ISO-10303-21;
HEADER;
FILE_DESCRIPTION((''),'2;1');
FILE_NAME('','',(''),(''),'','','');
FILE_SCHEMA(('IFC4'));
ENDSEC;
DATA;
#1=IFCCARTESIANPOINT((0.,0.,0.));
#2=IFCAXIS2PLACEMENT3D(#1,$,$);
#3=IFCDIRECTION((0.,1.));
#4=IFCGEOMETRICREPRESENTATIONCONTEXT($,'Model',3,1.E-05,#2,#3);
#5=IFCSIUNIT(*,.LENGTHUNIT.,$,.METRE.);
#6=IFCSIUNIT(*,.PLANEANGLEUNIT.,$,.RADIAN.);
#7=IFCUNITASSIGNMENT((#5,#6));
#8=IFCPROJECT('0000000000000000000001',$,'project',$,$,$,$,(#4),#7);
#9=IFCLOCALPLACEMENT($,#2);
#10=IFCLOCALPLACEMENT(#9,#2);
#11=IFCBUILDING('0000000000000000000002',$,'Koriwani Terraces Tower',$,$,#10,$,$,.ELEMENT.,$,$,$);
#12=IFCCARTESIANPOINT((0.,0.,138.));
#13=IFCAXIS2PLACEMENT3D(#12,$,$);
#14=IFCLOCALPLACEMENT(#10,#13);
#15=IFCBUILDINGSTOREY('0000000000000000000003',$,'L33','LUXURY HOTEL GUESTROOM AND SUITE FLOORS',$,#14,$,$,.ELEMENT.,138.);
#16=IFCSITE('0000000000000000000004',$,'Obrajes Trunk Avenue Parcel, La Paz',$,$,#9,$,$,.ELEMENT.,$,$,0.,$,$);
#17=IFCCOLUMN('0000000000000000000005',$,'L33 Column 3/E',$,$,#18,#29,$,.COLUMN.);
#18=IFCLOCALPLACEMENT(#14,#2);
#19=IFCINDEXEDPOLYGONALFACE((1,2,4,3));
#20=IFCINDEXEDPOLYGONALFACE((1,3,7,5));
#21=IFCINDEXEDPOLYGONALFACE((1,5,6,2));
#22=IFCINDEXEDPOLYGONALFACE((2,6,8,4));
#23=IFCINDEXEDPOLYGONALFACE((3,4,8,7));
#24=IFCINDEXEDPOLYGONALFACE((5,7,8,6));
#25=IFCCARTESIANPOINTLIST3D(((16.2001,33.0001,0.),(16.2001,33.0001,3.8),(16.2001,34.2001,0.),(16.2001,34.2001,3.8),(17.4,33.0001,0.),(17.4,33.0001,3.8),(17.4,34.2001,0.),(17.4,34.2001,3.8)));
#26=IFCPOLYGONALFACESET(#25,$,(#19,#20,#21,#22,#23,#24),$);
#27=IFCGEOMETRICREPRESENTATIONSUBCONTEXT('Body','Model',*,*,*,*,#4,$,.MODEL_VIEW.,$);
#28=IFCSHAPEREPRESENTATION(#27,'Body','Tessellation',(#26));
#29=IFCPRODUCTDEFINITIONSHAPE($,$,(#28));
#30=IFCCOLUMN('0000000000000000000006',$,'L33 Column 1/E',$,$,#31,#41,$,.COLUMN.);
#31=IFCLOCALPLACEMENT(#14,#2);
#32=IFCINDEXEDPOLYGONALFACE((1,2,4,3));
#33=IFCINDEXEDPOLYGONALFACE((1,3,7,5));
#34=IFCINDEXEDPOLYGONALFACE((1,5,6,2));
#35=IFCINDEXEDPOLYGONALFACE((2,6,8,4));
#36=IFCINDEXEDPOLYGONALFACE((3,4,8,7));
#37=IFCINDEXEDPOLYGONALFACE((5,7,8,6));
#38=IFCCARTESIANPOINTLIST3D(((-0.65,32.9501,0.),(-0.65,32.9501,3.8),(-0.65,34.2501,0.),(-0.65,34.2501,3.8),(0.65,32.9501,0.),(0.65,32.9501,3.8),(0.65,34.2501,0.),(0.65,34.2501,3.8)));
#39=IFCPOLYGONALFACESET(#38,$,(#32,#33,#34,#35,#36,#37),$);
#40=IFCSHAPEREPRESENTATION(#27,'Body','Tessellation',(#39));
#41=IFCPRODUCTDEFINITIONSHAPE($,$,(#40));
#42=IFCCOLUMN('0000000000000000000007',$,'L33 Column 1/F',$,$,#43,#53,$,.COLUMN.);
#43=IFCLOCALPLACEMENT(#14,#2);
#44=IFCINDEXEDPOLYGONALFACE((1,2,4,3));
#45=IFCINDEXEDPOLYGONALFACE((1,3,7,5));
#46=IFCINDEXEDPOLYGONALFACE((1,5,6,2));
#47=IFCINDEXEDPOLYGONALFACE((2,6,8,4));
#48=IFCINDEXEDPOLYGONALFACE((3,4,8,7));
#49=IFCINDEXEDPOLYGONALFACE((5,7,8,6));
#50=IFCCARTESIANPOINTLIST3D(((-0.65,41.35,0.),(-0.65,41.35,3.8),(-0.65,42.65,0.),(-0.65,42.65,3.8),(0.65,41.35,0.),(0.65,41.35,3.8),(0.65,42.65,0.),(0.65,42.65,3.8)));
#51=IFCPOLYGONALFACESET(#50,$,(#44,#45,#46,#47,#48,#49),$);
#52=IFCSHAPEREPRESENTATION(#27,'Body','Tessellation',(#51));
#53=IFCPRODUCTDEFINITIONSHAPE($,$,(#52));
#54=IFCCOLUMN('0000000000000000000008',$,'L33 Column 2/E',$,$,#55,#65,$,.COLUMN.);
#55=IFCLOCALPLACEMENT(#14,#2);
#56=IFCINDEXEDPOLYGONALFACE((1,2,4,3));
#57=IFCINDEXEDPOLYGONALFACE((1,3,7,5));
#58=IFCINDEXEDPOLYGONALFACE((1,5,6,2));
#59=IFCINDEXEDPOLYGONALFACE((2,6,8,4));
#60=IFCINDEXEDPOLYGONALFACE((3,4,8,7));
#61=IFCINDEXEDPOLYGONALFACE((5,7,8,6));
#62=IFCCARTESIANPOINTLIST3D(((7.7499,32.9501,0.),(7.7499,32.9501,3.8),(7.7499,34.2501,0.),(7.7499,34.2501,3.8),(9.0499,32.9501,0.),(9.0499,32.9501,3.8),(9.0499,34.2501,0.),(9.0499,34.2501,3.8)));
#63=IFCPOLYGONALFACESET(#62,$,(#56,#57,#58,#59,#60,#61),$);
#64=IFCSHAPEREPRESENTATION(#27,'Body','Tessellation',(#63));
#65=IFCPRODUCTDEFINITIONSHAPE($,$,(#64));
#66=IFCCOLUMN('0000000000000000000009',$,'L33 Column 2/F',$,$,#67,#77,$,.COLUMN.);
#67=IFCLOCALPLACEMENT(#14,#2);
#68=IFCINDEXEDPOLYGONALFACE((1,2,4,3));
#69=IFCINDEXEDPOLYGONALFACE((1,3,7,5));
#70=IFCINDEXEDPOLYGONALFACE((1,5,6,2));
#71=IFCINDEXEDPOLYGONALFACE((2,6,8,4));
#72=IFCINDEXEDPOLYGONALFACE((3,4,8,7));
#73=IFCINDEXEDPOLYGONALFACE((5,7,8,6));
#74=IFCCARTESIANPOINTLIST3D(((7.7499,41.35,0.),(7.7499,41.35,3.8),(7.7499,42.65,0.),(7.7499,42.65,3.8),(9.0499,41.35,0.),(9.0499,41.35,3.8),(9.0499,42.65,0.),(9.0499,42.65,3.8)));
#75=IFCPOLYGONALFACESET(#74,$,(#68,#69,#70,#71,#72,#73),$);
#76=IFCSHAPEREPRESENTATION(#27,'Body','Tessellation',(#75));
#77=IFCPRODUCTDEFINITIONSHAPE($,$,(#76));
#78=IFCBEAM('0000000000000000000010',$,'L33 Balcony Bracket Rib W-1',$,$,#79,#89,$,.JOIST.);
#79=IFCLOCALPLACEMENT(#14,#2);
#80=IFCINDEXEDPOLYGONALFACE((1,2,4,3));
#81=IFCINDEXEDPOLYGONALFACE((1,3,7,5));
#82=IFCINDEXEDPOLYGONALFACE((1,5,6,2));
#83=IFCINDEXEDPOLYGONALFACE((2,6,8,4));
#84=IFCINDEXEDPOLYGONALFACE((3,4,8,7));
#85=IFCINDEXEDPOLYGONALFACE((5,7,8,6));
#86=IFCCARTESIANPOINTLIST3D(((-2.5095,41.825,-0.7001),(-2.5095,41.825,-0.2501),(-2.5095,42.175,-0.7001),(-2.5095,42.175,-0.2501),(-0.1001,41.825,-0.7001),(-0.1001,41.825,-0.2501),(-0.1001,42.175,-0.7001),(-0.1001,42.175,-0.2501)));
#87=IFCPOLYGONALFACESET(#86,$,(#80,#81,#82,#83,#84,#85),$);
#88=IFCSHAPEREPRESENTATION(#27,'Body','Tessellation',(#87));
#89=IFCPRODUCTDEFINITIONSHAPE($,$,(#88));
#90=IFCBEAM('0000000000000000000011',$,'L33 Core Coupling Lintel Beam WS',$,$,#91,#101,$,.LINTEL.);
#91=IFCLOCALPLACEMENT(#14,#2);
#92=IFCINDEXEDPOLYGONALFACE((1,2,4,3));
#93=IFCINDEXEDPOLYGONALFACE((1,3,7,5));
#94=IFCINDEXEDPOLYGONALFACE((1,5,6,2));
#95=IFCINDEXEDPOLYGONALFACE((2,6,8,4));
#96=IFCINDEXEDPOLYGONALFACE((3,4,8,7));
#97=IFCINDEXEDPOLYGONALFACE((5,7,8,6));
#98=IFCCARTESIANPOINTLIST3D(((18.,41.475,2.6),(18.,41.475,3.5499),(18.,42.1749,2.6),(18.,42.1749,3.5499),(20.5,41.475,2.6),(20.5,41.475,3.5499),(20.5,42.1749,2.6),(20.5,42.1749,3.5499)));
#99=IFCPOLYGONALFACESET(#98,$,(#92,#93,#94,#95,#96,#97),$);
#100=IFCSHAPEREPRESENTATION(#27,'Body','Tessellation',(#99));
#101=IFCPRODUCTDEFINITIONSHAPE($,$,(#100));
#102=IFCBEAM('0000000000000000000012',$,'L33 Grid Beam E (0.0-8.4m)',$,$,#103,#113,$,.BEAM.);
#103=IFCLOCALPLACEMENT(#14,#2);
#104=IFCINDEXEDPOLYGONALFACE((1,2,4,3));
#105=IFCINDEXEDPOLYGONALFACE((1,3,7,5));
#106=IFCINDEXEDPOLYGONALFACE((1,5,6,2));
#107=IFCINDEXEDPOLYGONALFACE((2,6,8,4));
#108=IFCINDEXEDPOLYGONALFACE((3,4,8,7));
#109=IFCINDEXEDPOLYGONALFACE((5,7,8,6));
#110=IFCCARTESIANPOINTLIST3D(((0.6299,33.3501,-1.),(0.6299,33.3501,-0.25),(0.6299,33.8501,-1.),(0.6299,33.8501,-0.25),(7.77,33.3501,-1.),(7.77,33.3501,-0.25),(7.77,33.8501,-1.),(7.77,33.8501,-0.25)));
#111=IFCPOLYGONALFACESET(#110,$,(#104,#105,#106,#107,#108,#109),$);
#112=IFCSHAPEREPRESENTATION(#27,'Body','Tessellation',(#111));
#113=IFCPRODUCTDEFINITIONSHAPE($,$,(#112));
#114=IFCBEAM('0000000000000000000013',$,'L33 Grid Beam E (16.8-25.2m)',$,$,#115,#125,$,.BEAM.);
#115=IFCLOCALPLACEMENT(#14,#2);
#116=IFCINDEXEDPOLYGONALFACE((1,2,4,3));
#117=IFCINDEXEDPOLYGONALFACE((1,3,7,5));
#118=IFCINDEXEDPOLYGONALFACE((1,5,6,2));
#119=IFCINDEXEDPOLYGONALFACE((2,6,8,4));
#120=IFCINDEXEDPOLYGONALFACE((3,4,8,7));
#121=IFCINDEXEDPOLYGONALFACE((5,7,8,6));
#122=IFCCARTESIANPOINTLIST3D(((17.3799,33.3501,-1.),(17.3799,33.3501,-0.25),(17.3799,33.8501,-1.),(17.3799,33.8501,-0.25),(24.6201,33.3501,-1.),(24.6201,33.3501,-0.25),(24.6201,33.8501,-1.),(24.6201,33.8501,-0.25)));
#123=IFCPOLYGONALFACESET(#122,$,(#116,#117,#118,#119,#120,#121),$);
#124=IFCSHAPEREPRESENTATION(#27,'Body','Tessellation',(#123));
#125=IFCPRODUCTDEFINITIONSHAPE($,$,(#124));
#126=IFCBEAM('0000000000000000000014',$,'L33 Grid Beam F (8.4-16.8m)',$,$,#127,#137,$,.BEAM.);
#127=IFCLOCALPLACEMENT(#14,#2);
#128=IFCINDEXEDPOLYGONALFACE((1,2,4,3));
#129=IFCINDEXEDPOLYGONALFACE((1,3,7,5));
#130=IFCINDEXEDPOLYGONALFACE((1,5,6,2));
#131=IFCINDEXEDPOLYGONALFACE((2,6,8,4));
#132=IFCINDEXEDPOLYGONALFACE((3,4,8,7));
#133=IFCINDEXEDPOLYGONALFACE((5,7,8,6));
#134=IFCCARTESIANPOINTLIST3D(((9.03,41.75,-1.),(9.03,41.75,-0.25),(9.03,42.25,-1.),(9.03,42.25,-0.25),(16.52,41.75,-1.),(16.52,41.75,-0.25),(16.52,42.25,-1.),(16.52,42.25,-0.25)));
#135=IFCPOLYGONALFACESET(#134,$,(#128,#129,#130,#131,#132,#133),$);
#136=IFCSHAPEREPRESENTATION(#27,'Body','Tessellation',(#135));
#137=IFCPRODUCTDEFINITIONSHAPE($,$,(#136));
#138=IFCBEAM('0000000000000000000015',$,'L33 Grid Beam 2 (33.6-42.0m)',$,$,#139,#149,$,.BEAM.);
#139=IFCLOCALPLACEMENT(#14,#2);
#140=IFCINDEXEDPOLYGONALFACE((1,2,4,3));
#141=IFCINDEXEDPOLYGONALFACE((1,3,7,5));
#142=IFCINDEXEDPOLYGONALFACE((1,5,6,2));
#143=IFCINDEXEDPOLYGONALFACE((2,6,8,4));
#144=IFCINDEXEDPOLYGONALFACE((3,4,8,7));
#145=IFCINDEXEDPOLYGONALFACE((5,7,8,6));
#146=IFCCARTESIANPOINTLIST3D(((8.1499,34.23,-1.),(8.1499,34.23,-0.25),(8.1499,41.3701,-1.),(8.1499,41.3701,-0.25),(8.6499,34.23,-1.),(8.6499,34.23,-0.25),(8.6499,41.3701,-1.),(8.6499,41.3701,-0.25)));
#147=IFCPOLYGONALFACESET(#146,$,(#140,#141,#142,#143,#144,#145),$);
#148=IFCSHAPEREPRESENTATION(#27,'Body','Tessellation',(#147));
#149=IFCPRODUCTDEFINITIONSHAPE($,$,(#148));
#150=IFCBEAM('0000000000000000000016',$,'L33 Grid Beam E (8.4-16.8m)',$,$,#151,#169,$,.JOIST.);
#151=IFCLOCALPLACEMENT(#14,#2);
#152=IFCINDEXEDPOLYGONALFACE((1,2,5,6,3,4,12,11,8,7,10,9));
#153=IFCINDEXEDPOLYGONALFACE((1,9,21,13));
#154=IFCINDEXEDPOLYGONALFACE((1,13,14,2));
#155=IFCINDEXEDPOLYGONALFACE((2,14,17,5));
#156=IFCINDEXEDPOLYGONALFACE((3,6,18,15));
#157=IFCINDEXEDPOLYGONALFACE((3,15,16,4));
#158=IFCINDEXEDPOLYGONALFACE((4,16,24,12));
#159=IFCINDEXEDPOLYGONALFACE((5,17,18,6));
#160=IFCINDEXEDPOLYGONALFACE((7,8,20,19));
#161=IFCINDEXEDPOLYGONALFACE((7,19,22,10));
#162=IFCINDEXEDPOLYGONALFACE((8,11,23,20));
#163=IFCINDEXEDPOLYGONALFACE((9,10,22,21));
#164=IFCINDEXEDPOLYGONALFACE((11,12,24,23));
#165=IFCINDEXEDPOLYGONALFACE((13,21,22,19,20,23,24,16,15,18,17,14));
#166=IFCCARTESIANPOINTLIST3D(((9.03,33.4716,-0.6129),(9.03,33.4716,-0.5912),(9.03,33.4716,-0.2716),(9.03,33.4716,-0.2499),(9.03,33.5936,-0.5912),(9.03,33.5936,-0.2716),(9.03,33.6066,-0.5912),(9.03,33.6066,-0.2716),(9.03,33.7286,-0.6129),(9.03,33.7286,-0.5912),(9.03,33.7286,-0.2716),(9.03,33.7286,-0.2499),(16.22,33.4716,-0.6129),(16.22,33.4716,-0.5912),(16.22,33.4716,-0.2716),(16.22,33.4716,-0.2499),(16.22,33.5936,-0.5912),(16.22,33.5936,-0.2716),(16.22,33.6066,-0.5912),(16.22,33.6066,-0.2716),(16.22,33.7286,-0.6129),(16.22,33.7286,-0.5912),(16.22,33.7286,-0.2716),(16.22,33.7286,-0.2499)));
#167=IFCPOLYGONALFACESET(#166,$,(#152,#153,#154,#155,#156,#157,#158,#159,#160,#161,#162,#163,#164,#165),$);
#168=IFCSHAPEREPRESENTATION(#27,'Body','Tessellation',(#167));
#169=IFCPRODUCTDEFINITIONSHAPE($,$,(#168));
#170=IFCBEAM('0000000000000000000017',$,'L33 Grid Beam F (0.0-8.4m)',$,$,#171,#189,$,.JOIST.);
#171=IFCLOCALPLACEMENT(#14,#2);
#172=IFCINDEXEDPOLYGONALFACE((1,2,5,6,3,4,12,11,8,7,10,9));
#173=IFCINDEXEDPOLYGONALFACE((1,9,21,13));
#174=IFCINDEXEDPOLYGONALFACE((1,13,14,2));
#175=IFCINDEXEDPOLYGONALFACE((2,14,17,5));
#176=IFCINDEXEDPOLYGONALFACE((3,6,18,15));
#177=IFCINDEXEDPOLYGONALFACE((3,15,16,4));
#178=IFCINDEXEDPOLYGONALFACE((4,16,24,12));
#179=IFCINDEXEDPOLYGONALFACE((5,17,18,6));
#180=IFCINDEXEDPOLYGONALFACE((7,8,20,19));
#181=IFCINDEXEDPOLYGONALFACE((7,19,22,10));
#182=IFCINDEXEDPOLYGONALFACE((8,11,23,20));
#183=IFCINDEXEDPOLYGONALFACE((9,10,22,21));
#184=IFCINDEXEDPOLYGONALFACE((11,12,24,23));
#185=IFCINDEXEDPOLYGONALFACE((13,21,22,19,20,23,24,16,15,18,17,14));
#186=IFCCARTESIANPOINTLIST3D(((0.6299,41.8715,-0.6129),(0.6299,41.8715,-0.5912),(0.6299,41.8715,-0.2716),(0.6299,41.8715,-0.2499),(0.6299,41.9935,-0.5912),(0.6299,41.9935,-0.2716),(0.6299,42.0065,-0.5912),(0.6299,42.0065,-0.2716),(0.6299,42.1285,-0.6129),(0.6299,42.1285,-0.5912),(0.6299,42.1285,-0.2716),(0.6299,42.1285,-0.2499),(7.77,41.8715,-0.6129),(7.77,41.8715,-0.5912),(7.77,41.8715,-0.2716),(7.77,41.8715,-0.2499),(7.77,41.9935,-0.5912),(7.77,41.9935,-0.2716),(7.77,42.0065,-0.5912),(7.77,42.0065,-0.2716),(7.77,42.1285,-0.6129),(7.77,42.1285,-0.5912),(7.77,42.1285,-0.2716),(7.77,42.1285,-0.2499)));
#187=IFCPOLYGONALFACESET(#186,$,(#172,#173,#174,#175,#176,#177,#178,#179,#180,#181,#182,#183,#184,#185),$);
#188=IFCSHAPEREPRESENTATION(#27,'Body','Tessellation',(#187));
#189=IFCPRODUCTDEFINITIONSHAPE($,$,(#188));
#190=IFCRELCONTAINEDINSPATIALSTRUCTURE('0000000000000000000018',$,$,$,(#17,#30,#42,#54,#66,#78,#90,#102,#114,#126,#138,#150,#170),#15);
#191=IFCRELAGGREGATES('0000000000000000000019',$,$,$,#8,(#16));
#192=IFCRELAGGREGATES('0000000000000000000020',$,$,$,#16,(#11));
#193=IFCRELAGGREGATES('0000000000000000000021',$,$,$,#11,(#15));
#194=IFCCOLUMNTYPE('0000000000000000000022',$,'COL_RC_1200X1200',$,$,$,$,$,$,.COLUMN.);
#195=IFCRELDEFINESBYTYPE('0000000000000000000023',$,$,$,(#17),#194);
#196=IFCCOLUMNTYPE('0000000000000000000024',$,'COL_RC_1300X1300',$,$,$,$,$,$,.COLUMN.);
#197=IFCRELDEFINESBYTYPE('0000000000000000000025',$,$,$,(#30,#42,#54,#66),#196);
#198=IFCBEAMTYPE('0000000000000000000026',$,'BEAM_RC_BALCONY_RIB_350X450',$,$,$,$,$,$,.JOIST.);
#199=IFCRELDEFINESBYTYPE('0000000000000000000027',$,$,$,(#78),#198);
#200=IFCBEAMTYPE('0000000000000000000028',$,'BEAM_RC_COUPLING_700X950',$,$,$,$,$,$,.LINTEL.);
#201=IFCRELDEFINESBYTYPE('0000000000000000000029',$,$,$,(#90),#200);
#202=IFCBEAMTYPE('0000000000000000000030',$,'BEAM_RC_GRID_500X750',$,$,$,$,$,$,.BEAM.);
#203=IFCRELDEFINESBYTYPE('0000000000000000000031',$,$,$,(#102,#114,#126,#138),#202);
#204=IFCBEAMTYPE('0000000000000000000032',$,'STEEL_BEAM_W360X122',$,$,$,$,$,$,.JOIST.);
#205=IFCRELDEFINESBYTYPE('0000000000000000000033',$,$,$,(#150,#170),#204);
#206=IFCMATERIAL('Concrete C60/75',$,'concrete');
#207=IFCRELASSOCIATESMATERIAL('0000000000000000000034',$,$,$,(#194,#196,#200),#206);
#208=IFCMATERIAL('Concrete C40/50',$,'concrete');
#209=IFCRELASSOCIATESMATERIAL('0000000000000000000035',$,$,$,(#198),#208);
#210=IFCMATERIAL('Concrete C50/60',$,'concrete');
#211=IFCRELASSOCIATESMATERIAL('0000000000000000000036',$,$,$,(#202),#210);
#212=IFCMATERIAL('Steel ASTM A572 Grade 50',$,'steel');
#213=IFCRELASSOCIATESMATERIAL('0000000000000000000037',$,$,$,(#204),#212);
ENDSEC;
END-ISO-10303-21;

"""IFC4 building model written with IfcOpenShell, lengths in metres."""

from ifc_helpers import new_model, si_unit, direction, frame, origin, origin_2d, place, context, subcontext, project, spatial, rectangle, i_section, extrude, material, material_profile, profile_set, type_object, element, save


model = new_model("IFC4")

# Units and contexts
model_context = context("Model", 3, precision=1e-05, world=origin(), true_north=direction((0.0, 1.0)))
body_context = subcontext(model_context, "Body", "Model", "MODEL_VIEW")
ifc_project = project(units=[si_unit("LENGTHUNIT", "METRE"), si_unit("PLANEANGLEUNIT", "RADIAN")], contexts=[model_context])

# Site, building, storey
site_placement = place(None, origin())
site = spatial("IfcSite", under=ifc_project, at=site_placement, Name="Obrajes Trunk Avenue Parcel, La Paz", CompositionType="ELEMENT", RefElevation=0.0)
building_placement = place(site_placement, origin())
building = spatial("IfcBuilding", under=site, at=building_placement, Name="Koriwani Terraces Tower", CompositionType="ELEMENT")
storey_placement = place(building_placement, frame((0.0, 0.0, 138.0)))
storey = spatial("IfcBuildingStorey", under=building, at=storey_placement, Name="L33", Description="LUXURY HOTEL GUESTROOM AND SUITE FLOORS", CompositionType="ELEMENT", Elevation=138.0)

# Columns
ifc_material_1 = material(Name="Concrete C60/75", Category="concrete")
ifc_material_profile_1 = material_profile(ifc_material_1, rectangle(XDim=1.2, YDim=1.2, at=origin_2d()), Name="Concrete C60/75", Category="LoadBearing")
ifc_profile_set_1 = profile_set([ifc_material_profile_1], Name="Concrete C60/75")
column_type_1 = type_object("IfcColumnType", Name="COL_RC_1200X1200", PredefinedType="COLUMN", material=ifc_profile_set_1)
column_placement = place(storey_placement, frame((16.8, 33.6001, 0.0), z_axis=(0.0, 0.0, 1.0), x_axis=(1.0, 0.0, 0.0)))
element("IfcColumn", 1, at=column_placement, inside=storey, type_object=column_type_1, Name="L33 Column 3/E", PredefinedType="COLUMN", context=body_context, shape_type="SweptSolid", body=[
    extrude(rectangle(XDim=1.2, YDim=1.2, at=origin_2d()), origin(), (0.0, 0.0, 1.0), 3.8),
])
ifc_material_profile_2 = material_profile(ifc_material_1, rectangle(XDim=1.3, YDim=1.3, at=origin_2d()), Name="Concrete C60/75", Category="LoadBearing")
ifc_profile_set_2 = profile_set([ifc_material_profile_2], Name="Concrete C60/75")
column_type_2 = type_object("IfcColumnType", Name="COL_RC_1300X1300", PredefinedType="COLUMN", material=ifc_profile_set_2)
for number, where, z_axis, x_axis, name in (
    (2, (0.0, 33.6001, 0.0), (0.0, 0.0, 1.0), (1.0, 0.0, 0.0), "L33 Column 1/E"),
    (3, (0.0, 42.0, 0.0), (0.0, 0.0, 1.0), (1.0, 0.0, 0.0), "L33 Column 1/F"),
    (4, (8.3999, 33.6001, 0.0), (0.0, 0.0, 1.0), (1.0, 0.0, 0.0), "L33 Column 2/E"),
    (5, (8.3999, 42.0, 0.0), (0.0, 0.0, 1.0), (1.0, 0.0, 0.0), "L33 Column 2/F"),
):
    element("IfcColumn", number, at=place(storey_placement, frame(where, z_axis=z_axis, x_axis=x_axis)), inside=storey, type_object=column_type_2, Name=name, PredefinedType="COLUMN", context=body_context, shape_type="SweptSolid", body=[
        extrude(rectangle(XDim=1.3, YDim=1.3, at=origin_2d()), origin(), (0.0, 0.0, 1.0), 3.8),
    ])

# Beams
ifc_material_2 = material(Name="Concrete C40/50", Category="concrete")
ifc_material_profile_3 = material_profile(ifc_material_2, rectangle(XDim=0.3501, YDim=0.45, at=origin_2d()), Name="Concrete C40/50", Category="LoadBearing")
ifc_profile_set_3 = profile_set([ifc_material_profile_3], Name="Concrete C40/50")
beam_type_1 = type_object("IfcBeamType", Name="BEAM_RC_BALCONY_RIB_350X450", PredefinedType="JOIST", material=ifc_profile_set_3)
beam_1_placement = place(storey_placement, frame((-2.5095, 42.0, -0.4751), z_axis=(1.0, 0.0, 0.0), x_axis=(0.0, 1.0, 0.0)))
element("IfcBeam", 6, at=beam_1_placement, inside=storey, type_object=beam_type_1, Name="L33 Balcony Bracket Rib W-1", PredefinedType="JOIST", context=body_context, shape_type="SweptSolid", body=[
    extrude(rectangle(XDim=0.3501, YDim=0.45, at=origin_2d()), origin(), (0.0, 0.0, 1.0), 2.4094),
])
ifc_material_profile_4 = material_profile(ifc_material_1, rectangle(XDim=0.7, YDim=0.95, at=origin_2d()), Name="Concrete C60/75", Category="LoadBearing")
ifc_profile_set_4 = profile_set([ifc_material_profile_4], Name="Concrete C60/75")
beam_type_2 = type_object("IfcBeamType", Name="BEAM_RC_COUPLING_700X950", PredefinedType="LINTEL", material=ifc_profile_set_4)
beam_2_placement = place(storey_placement, frame((18.0, 41.825, 3.075), z_axis=(1.0, 0.0, 0.0), x_axis=(0.0, 1.0, 0.0)))
element("IfcBeam", 7, at=beam_2_placement, inside=storey, type_object=beam_type_2, Name="L33 Core Coupling Lintel Beam WS", PredefinedType="LINTEL", context=body_context, shape_type="SweptSolid", body=[
    extrude(rectangle(XDim=0.7, YDim=0.95, at=origin_2d()), origin(), (0.0, 0.0, 1.0), 2.5),
])
ifc_material_3 = material(Name="Concrete C50/60", Category="concrete")
ifc_material_profile_5 = material_profile(ifc_material_3, rectangle(XDim=0.5, YDim=0.75, at=origin_2d()), Name="Concrete C50/60", Category="LoadBearing")
ifc_profile_set_5 = profile_set([ifc_material_profile_5], Name="Concrete C50/60")
beam_type_3 = type_object("IfcBeamType", Name="BEAM_RC_GRID_500X750", PredefinedType="BEAM", material=ifc_profile_set_5)
beam_3_placement = place(storey_placement, frame((0.6299, 33.6001, -0.625), z_axis=(1.0, 0.0, 0.0), x_axis=(0.0, 1.0, 0.0)))
element("IfcBeam", 8, at=beam_3_placement, inside=storey, type_object=beam_type_3, Name="L33 Grid Beam E (0.0-8.4m)", PredefinedType="BEAM", context=body_context, shape_type="SweptSolid", body=[
    extrude(rectangle(XDim=0.5, YDim=0.75, at=origin_2d()), origin(), (0.0, 0.0, 1.0), 7.1401),
])
beam_4_placement = place(storey_placement, frame((17.3799, 33.6001, -0.625), z_axis=(1.0, 0.0, 0.0), x_axis=(0.0, 1.0, 0.0)))
element("IfcBeam", 9, at=beam_4_placement, inside=storey, type_object=beam_type_3, Name="L33 Grid Beam E (16.8-25.2m)", PredefinedType="BEAM", context=body_context, shape_type="SweptSolid", body=[
    extrude(rectangle(XDim=0.5, YDim=0.75, at=origin_2d()), origin(), (0.0, 0.0, 1.0), 7.2402),
])
beam_5_placement = place(storey_placement, frame((9.03, 42.0, -0.625), z_axis=(1.0, 0.0, 0.0), x_axis=(0.0, 1.0, 0.0)))
element("IfcBeam", 10, at=beam_5_placement, inside=storey, type_object=beam_type_3, Name="L33 Grid Beam F (8.4-16.8m)", PredefinedType="BEAM", context=body_context, shape_type="SweptSolid", body=[
    extrude(rectangle(XDim=0.5, YDim=0.75, at=origin_2d()), origin(), (0.0, 0.0, 1.0), 7.49),
])
beam_6_placement = place(storey_placement, frame((8.3999, 34.23, -0.625), z_axis=(0.0, 1.0, 0.0), x_axis=(-1.0, 0.0, 0.0)))
element("IfcBeam", 11, at=beam_6_placement, inside=storey, type_object=beam_type_3, Name="L33 Grid Beam 2 (33.6-42.0m)", PredefinedType="BEAM", context=body_context, shape_type="SweptSolid", body=[
    extrude(rectangle(XDim=0.5, YDim=0.75, at=origin_2d()), origin(), (0.0, 0.0, 1.0), 7.1401),
])
ifc_material_4 = material(Name="Steel ASTM A572 Grade 50", Category="steel")
ifc_material_profile_6 = material_profile(ifc_material_4, i_section(OverallWidth=0.2571, OverallDepth=0.363, WebThickness=0.0129, FlangeThickness=0.0217, at=origin_2d()), Name="Steel ASTM A572 Grade 50", Category="LoadBearing")
ifc_profile_set_6 = profile_set([ifc_material_profile_6], Name="Steel ASTM A572 Grade 50")
beam_type_4 = type_object("IfcBeamType", Name="STEEL_BEAM_W360X122", PredefinedType="JOIST", material=ifc_profile_set_6)
beam_7_placement = place(storey_placement, frame((9.03, 33.6001, -0.4314), z_axis=(1.0, 0.0, 0.0), x_axis=(0.0, 1.0, 0.0)))
element("IfcBeam", 12, at=beam_7_placement, inside=storey, type_object=beam_type_4, Name="L33 Grid Beam E (8.4-16.8m)", PredefinedType="JOIST", context=body_context, shape_type="SweptSolid", body=[
    extrude(i_section(OverallWidth=0.2571, OverallDepth=0.363, WebThickness=0.0129, FlangeThickness=0.0217, at=origin_2d()), origin(), (0.0, 0.0, 1.0), 7.1899),
])
beam_8_placement = place(storey_placement, frame((0.6299, 42.0, -0.4314), z_axis=(1.0, 0.0, 0.0), x_axis=(0.0, 1.0, 0.0)))
element("IfcBeam", 13, at=beam_8_placement, inside=storey, type_object=beam_type_4, Name="L33 Grid Beam F (0.0-8.4m)", PredefinedType="JOIST", context=body_context, shape_type="SweptSolid", body=[
    extrude(i_section(OverallWidth=0.2571, OverallDepth=0.363, WebThickness=0.0129, FlangeThickness=0.0217, at=origin_2d()), origin(), (0.0, 0.0, 1.0), 7.1401),
])

save(model, "model.ifc")
